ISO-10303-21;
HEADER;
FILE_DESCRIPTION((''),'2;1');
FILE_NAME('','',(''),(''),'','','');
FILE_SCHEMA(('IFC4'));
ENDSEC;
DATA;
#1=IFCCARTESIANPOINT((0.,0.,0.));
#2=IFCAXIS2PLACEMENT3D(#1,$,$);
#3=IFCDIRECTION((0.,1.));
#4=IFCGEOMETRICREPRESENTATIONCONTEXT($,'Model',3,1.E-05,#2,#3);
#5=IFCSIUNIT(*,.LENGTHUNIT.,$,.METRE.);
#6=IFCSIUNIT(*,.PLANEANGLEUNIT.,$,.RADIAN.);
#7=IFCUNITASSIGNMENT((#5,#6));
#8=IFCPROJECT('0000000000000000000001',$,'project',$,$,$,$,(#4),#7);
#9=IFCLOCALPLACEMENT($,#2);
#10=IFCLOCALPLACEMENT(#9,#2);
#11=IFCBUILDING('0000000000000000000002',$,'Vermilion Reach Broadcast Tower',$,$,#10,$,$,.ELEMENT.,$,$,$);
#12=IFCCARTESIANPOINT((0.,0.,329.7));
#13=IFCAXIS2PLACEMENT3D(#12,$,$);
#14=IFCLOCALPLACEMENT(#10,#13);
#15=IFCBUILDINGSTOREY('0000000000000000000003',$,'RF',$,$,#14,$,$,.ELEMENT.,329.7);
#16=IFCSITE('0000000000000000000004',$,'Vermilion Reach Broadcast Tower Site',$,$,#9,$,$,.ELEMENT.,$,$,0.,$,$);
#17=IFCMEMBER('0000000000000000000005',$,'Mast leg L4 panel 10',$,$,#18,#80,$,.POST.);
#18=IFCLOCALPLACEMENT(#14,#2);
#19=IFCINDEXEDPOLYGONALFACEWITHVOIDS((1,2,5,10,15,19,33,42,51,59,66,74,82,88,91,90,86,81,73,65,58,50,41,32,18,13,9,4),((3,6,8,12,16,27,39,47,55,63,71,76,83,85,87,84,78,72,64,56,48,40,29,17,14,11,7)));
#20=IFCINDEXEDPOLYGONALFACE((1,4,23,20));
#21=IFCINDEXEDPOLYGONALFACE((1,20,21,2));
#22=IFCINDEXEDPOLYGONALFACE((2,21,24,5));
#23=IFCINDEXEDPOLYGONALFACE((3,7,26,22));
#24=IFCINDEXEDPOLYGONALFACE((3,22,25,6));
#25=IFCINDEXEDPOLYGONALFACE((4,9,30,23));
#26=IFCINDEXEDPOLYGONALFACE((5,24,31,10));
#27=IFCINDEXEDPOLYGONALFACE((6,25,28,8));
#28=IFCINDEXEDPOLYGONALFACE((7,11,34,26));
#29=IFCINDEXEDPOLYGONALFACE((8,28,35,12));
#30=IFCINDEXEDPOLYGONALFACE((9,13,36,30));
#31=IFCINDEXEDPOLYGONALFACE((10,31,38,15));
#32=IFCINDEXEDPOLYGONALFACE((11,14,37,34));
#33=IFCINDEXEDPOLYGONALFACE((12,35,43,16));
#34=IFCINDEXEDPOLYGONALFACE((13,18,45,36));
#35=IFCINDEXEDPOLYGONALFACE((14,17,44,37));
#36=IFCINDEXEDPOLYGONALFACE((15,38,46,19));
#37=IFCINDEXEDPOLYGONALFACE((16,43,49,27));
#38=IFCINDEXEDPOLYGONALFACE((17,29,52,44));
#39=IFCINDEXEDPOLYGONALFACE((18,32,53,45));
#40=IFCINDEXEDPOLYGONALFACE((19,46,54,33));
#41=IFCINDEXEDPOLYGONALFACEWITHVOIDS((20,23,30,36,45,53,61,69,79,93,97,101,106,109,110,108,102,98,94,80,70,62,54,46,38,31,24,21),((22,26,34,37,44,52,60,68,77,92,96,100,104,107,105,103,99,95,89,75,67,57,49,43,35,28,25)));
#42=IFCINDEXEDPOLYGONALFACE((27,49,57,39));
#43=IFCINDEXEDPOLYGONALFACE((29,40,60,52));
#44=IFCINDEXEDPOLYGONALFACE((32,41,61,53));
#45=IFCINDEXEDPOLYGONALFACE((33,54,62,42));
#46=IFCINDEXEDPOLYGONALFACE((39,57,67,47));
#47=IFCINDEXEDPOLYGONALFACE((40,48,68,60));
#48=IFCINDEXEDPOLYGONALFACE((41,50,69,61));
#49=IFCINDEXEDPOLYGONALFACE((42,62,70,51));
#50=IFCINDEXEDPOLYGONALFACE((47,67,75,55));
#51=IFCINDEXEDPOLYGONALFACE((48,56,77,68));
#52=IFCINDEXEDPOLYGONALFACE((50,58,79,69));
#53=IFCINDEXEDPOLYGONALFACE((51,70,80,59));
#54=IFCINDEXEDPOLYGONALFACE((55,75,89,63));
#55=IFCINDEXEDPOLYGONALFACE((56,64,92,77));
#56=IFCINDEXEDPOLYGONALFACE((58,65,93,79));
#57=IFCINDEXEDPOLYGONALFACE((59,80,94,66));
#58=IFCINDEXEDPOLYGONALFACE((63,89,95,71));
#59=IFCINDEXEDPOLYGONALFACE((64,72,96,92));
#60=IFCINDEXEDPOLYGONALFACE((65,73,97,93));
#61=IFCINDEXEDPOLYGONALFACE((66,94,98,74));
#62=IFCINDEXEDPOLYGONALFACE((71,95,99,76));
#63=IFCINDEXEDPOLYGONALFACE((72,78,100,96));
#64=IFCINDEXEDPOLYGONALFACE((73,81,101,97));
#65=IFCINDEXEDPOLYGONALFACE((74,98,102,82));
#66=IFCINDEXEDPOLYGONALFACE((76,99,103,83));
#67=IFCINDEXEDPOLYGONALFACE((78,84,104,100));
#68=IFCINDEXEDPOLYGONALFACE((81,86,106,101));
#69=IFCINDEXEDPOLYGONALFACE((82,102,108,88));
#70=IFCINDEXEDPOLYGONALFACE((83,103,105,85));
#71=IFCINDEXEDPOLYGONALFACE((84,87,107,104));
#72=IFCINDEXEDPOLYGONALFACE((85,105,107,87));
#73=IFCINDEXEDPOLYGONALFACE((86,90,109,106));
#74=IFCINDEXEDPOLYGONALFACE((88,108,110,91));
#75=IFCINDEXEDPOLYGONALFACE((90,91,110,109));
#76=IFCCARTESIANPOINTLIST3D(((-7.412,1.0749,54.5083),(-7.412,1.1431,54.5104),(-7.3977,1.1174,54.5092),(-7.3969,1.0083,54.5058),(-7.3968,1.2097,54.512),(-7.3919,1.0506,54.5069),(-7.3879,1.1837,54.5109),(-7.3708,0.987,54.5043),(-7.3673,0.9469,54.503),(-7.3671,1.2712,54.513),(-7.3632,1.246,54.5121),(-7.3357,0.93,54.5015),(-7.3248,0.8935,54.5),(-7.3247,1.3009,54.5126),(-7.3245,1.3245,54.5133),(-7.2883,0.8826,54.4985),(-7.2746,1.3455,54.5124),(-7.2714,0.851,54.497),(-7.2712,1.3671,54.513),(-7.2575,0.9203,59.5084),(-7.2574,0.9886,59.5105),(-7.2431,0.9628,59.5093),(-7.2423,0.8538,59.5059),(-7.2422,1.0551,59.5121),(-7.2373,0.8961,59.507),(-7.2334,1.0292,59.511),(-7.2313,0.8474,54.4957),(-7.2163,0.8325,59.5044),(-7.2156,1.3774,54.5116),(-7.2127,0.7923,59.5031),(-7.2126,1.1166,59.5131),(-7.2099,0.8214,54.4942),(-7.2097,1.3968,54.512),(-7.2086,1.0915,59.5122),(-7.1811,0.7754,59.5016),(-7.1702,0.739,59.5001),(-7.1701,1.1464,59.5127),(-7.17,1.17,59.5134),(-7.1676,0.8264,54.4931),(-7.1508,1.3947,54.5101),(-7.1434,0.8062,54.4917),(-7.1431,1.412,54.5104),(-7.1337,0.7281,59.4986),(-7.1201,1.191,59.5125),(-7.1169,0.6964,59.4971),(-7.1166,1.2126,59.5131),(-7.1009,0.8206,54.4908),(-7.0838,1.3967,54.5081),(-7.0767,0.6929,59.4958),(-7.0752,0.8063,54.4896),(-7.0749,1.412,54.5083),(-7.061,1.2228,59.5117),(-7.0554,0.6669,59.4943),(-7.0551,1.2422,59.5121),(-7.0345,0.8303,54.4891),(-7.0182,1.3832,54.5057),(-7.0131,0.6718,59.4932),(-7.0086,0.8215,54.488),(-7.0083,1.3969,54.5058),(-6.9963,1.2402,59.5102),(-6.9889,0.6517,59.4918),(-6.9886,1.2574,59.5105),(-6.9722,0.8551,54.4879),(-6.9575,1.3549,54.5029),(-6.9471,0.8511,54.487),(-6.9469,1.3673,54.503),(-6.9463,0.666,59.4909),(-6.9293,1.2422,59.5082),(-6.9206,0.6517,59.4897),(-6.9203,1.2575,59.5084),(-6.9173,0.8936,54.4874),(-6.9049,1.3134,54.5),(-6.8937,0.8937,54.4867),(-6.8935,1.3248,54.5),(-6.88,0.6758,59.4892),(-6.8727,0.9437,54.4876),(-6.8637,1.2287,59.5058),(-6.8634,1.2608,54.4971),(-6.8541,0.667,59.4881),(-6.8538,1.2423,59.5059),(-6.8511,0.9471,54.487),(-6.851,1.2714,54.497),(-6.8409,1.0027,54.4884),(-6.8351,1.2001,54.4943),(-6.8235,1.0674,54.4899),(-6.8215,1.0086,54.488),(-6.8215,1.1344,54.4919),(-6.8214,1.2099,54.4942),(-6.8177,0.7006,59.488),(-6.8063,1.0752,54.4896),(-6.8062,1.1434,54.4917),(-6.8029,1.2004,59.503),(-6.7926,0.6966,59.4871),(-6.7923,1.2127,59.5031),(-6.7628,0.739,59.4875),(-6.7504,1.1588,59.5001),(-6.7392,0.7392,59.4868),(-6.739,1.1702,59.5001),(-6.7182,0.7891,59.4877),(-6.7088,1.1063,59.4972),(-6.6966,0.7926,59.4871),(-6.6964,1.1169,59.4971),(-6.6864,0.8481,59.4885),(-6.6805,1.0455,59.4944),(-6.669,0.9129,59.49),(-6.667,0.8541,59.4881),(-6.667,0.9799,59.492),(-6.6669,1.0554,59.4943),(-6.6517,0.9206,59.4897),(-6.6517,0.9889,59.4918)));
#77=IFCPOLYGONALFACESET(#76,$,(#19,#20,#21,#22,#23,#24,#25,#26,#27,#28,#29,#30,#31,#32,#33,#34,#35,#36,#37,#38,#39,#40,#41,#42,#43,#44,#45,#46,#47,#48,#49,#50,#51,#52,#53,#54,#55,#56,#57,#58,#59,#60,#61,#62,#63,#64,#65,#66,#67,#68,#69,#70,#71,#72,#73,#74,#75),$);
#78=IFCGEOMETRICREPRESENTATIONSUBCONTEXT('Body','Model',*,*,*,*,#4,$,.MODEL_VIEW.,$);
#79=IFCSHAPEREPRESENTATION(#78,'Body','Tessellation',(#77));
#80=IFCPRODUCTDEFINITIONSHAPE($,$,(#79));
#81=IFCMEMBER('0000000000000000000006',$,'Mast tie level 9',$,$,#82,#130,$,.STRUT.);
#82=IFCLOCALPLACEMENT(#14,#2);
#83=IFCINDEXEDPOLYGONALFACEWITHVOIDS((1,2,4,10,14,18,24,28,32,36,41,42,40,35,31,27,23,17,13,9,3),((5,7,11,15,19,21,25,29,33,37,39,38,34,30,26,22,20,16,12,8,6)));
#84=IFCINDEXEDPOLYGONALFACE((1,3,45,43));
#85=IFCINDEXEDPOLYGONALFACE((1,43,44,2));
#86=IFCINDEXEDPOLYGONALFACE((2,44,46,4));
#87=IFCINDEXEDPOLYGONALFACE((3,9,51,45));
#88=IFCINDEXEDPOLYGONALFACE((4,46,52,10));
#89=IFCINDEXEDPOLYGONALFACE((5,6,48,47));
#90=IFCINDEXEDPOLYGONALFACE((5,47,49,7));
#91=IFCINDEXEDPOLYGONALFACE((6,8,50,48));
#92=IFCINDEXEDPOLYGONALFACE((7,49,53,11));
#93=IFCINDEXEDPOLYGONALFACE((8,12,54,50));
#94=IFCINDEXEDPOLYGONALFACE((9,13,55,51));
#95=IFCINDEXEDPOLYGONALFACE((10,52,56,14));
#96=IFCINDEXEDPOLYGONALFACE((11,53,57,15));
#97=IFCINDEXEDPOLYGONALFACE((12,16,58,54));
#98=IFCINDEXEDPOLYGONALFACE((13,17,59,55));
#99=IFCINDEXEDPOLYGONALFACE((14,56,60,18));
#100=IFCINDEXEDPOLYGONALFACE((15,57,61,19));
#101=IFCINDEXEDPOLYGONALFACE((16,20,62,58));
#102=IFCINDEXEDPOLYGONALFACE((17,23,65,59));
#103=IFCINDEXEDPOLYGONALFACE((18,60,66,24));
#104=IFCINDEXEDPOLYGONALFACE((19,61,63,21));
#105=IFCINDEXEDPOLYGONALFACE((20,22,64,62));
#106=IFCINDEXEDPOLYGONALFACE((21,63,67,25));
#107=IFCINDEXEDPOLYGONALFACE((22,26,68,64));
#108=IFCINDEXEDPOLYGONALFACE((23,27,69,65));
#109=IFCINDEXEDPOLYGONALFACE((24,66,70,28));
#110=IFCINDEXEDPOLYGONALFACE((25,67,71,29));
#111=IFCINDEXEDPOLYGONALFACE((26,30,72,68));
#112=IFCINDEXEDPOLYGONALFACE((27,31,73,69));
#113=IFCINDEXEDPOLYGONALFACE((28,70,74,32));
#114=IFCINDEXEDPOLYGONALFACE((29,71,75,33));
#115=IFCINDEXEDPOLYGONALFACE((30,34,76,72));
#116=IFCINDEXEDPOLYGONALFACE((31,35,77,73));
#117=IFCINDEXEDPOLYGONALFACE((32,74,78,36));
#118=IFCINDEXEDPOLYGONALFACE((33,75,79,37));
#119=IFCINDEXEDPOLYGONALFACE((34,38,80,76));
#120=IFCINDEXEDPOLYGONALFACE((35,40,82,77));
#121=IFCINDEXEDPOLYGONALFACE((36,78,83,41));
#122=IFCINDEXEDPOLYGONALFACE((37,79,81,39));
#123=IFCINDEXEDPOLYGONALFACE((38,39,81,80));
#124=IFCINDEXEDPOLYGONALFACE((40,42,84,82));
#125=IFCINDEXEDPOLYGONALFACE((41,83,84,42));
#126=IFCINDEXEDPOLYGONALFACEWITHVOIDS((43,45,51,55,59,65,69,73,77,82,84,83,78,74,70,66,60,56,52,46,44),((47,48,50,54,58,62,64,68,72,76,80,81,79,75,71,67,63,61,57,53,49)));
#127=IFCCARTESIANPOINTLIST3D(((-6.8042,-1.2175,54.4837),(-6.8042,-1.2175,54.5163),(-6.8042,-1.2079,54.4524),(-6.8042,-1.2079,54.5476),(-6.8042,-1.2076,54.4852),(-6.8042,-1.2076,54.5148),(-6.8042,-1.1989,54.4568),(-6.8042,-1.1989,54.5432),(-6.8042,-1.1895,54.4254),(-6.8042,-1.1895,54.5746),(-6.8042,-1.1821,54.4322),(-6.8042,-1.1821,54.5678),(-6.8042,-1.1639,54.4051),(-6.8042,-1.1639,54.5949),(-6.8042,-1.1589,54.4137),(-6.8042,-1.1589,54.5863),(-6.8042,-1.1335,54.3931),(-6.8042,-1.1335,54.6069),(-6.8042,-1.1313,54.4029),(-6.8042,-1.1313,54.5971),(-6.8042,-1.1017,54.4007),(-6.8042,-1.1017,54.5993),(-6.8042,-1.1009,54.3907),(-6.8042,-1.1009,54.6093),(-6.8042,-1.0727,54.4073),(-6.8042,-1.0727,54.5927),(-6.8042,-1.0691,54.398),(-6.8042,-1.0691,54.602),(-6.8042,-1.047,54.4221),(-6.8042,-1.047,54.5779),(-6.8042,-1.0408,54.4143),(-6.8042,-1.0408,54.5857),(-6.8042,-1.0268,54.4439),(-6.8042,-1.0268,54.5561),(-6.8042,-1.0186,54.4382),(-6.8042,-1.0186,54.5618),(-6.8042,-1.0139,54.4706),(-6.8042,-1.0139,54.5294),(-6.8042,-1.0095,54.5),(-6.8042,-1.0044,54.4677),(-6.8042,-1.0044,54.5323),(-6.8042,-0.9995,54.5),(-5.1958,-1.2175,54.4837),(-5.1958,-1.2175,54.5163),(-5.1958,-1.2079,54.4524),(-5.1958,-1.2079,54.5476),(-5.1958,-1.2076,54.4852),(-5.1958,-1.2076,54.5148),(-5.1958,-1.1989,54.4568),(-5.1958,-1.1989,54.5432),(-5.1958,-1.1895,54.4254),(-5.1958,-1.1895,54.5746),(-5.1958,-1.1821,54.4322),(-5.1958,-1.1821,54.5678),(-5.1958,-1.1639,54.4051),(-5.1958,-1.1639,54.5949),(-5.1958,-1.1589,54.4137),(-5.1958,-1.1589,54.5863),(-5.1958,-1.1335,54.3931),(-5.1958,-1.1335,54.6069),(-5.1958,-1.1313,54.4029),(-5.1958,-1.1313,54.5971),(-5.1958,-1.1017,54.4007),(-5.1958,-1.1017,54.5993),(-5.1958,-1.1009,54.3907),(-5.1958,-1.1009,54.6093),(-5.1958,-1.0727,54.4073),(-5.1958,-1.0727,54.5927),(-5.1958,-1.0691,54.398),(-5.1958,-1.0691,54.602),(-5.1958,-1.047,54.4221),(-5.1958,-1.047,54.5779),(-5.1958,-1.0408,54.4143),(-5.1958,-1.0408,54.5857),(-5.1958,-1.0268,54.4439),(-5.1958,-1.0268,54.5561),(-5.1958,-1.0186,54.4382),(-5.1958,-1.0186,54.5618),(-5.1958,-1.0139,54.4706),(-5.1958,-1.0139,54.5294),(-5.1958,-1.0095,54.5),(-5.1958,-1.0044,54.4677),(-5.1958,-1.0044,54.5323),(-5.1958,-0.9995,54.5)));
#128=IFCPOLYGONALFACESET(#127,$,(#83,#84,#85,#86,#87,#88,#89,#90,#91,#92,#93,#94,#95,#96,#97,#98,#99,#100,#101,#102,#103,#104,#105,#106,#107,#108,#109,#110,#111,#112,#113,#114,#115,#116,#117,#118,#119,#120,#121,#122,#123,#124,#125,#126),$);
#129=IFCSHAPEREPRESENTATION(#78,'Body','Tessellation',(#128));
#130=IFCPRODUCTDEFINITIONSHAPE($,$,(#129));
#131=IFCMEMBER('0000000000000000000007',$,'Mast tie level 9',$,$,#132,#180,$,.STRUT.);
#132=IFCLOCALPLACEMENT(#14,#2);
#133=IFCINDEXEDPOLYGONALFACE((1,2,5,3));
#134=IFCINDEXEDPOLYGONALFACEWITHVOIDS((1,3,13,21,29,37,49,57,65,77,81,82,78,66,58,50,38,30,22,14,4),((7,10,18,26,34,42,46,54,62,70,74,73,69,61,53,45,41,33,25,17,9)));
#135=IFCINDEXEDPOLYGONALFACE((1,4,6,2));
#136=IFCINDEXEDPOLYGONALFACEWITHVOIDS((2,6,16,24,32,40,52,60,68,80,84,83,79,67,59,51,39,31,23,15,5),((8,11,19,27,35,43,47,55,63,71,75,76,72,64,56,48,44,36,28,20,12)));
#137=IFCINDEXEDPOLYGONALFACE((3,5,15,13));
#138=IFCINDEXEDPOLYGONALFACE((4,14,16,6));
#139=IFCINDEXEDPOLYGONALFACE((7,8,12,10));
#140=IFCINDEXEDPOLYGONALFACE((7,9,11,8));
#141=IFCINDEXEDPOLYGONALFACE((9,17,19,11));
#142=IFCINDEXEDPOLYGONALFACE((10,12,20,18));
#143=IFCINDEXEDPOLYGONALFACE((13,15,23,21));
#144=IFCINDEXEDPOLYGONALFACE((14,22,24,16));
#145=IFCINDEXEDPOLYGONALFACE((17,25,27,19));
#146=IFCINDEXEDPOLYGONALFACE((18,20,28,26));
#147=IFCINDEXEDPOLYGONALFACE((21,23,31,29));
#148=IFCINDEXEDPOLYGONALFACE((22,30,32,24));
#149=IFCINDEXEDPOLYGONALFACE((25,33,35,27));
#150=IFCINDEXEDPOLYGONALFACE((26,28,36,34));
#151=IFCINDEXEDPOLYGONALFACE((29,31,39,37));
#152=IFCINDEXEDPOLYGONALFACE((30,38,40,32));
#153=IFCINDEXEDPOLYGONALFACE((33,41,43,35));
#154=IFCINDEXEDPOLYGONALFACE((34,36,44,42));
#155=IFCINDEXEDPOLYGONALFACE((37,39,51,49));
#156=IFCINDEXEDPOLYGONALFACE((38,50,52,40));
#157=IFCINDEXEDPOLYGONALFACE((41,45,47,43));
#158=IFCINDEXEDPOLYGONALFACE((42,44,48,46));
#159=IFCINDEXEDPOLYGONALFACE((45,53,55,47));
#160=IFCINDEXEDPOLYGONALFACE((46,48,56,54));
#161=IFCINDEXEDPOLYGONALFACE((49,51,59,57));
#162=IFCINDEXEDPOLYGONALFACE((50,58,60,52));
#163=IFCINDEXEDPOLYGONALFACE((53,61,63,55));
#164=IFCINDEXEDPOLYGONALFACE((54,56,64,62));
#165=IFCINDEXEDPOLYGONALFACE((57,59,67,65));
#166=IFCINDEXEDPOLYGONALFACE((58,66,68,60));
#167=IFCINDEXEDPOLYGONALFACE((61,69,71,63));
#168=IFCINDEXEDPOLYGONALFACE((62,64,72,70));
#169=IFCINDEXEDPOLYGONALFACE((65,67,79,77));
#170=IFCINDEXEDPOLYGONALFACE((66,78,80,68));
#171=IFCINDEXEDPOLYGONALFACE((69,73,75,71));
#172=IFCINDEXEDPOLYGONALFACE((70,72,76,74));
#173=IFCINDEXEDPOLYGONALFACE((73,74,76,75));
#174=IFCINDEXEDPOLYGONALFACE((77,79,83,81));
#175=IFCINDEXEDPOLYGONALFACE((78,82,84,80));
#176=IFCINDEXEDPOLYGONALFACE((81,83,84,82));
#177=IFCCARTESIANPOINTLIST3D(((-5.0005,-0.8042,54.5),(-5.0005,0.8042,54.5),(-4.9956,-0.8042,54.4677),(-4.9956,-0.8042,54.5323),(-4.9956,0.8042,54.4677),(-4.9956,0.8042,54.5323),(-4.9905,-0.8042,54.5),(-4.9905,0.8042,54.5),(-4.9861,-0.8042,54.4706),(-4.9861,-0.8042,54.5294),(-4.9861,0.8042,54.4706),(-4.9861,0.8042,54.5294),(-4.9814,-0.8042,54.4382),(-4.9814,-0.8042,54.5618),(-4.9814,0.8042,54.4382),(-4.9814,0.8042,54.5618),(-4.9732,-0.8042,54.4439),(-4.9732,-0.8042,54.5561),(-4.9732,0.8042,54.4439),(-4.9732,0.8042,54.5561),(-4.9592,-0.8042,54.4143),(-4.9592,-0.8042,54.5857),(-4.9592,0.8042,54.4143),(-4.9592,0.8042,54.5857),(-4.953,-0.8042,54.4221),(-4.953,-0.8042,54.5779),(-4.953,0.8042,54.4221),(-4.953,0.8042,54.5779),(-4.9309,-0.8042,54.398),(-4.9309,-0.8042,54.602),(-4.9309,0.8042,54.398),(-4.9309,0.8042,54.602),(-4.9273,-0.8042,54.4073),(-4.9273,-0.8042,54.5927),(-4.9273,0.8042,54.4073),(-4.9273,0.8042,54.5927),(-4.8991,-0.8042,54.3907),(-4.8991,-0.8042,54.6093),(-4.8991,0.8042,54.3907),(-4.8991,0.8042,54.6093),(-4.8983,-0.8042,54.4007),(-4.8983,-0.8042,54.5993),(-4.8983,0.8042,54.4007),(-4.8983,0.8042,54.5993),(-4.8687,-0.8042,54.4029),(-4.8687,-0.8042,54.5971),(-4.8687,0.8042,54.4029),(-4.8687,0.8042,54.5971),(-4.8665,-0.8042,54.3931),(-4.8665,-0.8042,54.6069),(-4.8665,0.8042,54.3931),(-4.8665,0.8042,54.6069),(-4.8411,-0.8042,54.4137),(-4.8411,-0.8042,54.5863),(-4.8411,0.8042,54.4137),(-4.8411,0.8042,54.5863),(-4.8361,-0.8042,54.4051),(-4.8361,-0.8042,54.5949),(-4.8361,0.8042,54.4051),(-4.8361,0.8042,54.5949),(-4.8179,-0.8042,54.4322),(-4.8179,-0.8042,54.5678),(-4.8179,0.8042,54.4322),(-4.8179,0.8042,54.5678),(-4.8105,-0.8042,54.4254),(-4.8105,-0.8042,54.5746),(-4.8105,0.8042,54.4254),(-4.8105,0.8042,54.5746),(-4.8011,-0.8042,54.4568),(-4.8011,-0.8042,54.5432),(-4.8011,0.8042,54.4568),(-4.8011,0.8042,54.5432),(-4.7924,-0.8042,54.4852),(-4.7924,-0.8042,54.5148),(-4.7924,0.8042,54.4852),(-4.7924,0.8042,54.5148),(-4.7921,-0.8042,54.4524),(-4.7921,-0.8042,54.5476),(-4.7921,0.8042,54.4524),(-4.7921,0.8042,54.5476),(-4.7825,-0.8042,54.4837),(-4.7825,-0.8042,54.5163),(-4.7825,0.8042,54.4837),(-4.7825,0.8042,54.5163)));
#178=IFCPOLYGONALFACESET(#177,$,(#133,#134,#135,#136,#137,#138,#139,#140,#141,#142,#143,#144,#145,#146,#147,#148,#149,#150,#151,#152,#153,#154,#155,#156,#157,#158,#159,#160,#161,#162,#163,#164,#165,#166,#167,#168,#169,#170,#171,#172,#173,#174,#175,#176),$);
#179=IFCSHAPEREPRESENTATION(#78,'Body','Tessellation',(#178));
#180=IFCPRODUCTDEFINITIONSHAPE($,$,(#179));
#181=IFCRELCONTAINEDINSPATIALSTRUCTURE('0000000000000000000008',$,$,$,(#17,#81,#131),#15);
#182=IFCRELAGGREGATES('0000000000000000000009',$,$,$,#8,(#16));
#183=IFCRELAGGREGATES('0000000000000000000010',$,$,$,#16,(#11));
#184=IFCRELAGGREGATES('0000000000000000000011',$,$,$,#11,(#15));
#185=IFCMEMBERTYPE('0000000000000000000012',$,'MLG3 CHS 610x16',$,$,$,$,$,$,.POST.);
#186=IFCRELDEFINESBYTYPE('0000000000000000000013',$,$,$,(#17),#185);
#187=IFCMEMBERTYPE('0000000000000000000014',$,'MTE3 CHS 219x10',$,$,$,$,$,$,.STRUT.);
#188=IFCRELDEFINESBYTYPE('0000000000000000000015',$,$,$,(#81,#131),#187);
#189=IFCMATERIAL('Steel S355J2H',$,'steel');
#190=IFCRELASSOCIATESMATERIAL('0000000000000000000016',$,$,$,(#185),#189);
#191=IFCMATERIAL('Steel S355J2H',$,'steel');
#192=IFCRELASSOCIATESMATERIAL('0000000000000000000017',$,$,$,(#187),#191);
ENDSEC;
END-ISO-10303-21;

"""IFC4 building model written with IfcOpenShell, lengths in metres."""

from ifc_helpers import new_model, si_unit, direction, frame, origin, origin_2d, place, context, subcontext, project, spatial, hollow_circle, extrude, material, material_profile, profile_set, type_object, element, save


model = new_model("IFC4")

# Units and contexts
model_context = context("Model", 3, precision=1e-05, world=origin(), true_north=direction((0.0, 1.0)))
body_context = subcontext(model_context, "Body", "Model", "MODEL_VIEW")
ifc_project = project(units=[si_unit("LENGTHUNIT", "METRE"), si_unit("PLANEANGLEUNIT", "RADIAN")], contexts=[model_context])

# Site, building, storey
site_placement = place(None, origin())
site = spatial("IfcSite", under=ifc_project, at=site_placement, Name="Vermilion Reach Broadcast Tower Site", CompositionType="ELEMENT", RefElevation=0.0)
building_placement = place(site_placement, origin())
building = spatial("IfcBuilding", under=site, at=building_placement, Name="Vermilion Reach Broadcast Tower", CompositionType="ELEMENT")
storey_placement = place(building_placement, frame((0.0, 0.0, 329.7)))
storey = spatial("IfcBuildingStorey", under=building, at=storey_placement, Name="RF", CompositionType="ELEMENT", Elevation=329.7)

# Members
ifc_material_1 = material(Name="Steel S355J2H", Category="steel")
ifc_material_profile_1 = material_profile(ifc_material_1, hollow_circle(Radius=0.3049, WallThickness=0.0161, at=origin_2d()), Name="S355J2H CHS 610x16")
ifc_profile_set_1 = profile_set([ifc_material_profile_1], Name="Steel S355J2H")
member_type_1 = type_object("IfcMemberType", Name="MLG3 CHS 610x16", PredefinedType="POST", material=ifc_profile_set_1)
member_1_placement = place(storey_placement, frame((-7.1091, 1.1091, 54.5), z_axis=(0.030879, -0.030879, 0.999046), x_axis=(0.707107, 0.707107, 0.0)))
element("IfcMember", 1, at=member_1_placement, inside=storey, type_object=member_type_1, Name="Mast leg L4 panel 10", PredefinedType="POST", context=body_context, shape_type="SweptSolid", body=[
    extrude(hollow_circle(Radius=0.3049, WallThickness=0.0161, at=origin_2d()), origin(), (0.0, 0.0, 1.0), 5.0049),
])
ifc_material_2 = material(Name="Steel S355J2H", Category="steel")
ifc_material_profile_2 = material_profile(ifc_material_2, hollow_circle(Radius=0.1096, WallThickness=0.01, at=origin_2d()), Name="S355J2H CHS 219x10")
ifc_profile_set_2 = profile_set([ifc_material_profile_2], Name="Steel S355J2H")
member_type_2 = type_object("IfcMemberType", Name="MTE3 CHS 219x10", PredefinedType="STRUT", material=ifc_profile_set_2)
for number, where, z_axis, x_axis, name in (
    (2, (-6.8042, -1.1091, 54.5), (1.0, 0.0, 0.0), (0.0, 1.0, 0.0), "Mast tie level 9"),
    (3, (-4.8909, -0.8042, 54.5), (0.0, 1.0, 0.0), (-1.0, 0.0, 0.0), "Mast tie level 9"),
):
    element("IfcMember", number, at=place(storey_placement, frame(where, z_axis=z_axis, x_axis=x_axis)), inside=storey, type_object=member_type_2, Name=name, PredefinedType="STRUT", context=body_context, shape_type="SweptSolid", body=[
        extrude(hollow_circle(Radius=0.1096, WallThickness=0.01, at=origin_2d()), origin(), (0.0, 0.0, 1.0), 1.6084),
    ])

save(model, "model.ifc")
